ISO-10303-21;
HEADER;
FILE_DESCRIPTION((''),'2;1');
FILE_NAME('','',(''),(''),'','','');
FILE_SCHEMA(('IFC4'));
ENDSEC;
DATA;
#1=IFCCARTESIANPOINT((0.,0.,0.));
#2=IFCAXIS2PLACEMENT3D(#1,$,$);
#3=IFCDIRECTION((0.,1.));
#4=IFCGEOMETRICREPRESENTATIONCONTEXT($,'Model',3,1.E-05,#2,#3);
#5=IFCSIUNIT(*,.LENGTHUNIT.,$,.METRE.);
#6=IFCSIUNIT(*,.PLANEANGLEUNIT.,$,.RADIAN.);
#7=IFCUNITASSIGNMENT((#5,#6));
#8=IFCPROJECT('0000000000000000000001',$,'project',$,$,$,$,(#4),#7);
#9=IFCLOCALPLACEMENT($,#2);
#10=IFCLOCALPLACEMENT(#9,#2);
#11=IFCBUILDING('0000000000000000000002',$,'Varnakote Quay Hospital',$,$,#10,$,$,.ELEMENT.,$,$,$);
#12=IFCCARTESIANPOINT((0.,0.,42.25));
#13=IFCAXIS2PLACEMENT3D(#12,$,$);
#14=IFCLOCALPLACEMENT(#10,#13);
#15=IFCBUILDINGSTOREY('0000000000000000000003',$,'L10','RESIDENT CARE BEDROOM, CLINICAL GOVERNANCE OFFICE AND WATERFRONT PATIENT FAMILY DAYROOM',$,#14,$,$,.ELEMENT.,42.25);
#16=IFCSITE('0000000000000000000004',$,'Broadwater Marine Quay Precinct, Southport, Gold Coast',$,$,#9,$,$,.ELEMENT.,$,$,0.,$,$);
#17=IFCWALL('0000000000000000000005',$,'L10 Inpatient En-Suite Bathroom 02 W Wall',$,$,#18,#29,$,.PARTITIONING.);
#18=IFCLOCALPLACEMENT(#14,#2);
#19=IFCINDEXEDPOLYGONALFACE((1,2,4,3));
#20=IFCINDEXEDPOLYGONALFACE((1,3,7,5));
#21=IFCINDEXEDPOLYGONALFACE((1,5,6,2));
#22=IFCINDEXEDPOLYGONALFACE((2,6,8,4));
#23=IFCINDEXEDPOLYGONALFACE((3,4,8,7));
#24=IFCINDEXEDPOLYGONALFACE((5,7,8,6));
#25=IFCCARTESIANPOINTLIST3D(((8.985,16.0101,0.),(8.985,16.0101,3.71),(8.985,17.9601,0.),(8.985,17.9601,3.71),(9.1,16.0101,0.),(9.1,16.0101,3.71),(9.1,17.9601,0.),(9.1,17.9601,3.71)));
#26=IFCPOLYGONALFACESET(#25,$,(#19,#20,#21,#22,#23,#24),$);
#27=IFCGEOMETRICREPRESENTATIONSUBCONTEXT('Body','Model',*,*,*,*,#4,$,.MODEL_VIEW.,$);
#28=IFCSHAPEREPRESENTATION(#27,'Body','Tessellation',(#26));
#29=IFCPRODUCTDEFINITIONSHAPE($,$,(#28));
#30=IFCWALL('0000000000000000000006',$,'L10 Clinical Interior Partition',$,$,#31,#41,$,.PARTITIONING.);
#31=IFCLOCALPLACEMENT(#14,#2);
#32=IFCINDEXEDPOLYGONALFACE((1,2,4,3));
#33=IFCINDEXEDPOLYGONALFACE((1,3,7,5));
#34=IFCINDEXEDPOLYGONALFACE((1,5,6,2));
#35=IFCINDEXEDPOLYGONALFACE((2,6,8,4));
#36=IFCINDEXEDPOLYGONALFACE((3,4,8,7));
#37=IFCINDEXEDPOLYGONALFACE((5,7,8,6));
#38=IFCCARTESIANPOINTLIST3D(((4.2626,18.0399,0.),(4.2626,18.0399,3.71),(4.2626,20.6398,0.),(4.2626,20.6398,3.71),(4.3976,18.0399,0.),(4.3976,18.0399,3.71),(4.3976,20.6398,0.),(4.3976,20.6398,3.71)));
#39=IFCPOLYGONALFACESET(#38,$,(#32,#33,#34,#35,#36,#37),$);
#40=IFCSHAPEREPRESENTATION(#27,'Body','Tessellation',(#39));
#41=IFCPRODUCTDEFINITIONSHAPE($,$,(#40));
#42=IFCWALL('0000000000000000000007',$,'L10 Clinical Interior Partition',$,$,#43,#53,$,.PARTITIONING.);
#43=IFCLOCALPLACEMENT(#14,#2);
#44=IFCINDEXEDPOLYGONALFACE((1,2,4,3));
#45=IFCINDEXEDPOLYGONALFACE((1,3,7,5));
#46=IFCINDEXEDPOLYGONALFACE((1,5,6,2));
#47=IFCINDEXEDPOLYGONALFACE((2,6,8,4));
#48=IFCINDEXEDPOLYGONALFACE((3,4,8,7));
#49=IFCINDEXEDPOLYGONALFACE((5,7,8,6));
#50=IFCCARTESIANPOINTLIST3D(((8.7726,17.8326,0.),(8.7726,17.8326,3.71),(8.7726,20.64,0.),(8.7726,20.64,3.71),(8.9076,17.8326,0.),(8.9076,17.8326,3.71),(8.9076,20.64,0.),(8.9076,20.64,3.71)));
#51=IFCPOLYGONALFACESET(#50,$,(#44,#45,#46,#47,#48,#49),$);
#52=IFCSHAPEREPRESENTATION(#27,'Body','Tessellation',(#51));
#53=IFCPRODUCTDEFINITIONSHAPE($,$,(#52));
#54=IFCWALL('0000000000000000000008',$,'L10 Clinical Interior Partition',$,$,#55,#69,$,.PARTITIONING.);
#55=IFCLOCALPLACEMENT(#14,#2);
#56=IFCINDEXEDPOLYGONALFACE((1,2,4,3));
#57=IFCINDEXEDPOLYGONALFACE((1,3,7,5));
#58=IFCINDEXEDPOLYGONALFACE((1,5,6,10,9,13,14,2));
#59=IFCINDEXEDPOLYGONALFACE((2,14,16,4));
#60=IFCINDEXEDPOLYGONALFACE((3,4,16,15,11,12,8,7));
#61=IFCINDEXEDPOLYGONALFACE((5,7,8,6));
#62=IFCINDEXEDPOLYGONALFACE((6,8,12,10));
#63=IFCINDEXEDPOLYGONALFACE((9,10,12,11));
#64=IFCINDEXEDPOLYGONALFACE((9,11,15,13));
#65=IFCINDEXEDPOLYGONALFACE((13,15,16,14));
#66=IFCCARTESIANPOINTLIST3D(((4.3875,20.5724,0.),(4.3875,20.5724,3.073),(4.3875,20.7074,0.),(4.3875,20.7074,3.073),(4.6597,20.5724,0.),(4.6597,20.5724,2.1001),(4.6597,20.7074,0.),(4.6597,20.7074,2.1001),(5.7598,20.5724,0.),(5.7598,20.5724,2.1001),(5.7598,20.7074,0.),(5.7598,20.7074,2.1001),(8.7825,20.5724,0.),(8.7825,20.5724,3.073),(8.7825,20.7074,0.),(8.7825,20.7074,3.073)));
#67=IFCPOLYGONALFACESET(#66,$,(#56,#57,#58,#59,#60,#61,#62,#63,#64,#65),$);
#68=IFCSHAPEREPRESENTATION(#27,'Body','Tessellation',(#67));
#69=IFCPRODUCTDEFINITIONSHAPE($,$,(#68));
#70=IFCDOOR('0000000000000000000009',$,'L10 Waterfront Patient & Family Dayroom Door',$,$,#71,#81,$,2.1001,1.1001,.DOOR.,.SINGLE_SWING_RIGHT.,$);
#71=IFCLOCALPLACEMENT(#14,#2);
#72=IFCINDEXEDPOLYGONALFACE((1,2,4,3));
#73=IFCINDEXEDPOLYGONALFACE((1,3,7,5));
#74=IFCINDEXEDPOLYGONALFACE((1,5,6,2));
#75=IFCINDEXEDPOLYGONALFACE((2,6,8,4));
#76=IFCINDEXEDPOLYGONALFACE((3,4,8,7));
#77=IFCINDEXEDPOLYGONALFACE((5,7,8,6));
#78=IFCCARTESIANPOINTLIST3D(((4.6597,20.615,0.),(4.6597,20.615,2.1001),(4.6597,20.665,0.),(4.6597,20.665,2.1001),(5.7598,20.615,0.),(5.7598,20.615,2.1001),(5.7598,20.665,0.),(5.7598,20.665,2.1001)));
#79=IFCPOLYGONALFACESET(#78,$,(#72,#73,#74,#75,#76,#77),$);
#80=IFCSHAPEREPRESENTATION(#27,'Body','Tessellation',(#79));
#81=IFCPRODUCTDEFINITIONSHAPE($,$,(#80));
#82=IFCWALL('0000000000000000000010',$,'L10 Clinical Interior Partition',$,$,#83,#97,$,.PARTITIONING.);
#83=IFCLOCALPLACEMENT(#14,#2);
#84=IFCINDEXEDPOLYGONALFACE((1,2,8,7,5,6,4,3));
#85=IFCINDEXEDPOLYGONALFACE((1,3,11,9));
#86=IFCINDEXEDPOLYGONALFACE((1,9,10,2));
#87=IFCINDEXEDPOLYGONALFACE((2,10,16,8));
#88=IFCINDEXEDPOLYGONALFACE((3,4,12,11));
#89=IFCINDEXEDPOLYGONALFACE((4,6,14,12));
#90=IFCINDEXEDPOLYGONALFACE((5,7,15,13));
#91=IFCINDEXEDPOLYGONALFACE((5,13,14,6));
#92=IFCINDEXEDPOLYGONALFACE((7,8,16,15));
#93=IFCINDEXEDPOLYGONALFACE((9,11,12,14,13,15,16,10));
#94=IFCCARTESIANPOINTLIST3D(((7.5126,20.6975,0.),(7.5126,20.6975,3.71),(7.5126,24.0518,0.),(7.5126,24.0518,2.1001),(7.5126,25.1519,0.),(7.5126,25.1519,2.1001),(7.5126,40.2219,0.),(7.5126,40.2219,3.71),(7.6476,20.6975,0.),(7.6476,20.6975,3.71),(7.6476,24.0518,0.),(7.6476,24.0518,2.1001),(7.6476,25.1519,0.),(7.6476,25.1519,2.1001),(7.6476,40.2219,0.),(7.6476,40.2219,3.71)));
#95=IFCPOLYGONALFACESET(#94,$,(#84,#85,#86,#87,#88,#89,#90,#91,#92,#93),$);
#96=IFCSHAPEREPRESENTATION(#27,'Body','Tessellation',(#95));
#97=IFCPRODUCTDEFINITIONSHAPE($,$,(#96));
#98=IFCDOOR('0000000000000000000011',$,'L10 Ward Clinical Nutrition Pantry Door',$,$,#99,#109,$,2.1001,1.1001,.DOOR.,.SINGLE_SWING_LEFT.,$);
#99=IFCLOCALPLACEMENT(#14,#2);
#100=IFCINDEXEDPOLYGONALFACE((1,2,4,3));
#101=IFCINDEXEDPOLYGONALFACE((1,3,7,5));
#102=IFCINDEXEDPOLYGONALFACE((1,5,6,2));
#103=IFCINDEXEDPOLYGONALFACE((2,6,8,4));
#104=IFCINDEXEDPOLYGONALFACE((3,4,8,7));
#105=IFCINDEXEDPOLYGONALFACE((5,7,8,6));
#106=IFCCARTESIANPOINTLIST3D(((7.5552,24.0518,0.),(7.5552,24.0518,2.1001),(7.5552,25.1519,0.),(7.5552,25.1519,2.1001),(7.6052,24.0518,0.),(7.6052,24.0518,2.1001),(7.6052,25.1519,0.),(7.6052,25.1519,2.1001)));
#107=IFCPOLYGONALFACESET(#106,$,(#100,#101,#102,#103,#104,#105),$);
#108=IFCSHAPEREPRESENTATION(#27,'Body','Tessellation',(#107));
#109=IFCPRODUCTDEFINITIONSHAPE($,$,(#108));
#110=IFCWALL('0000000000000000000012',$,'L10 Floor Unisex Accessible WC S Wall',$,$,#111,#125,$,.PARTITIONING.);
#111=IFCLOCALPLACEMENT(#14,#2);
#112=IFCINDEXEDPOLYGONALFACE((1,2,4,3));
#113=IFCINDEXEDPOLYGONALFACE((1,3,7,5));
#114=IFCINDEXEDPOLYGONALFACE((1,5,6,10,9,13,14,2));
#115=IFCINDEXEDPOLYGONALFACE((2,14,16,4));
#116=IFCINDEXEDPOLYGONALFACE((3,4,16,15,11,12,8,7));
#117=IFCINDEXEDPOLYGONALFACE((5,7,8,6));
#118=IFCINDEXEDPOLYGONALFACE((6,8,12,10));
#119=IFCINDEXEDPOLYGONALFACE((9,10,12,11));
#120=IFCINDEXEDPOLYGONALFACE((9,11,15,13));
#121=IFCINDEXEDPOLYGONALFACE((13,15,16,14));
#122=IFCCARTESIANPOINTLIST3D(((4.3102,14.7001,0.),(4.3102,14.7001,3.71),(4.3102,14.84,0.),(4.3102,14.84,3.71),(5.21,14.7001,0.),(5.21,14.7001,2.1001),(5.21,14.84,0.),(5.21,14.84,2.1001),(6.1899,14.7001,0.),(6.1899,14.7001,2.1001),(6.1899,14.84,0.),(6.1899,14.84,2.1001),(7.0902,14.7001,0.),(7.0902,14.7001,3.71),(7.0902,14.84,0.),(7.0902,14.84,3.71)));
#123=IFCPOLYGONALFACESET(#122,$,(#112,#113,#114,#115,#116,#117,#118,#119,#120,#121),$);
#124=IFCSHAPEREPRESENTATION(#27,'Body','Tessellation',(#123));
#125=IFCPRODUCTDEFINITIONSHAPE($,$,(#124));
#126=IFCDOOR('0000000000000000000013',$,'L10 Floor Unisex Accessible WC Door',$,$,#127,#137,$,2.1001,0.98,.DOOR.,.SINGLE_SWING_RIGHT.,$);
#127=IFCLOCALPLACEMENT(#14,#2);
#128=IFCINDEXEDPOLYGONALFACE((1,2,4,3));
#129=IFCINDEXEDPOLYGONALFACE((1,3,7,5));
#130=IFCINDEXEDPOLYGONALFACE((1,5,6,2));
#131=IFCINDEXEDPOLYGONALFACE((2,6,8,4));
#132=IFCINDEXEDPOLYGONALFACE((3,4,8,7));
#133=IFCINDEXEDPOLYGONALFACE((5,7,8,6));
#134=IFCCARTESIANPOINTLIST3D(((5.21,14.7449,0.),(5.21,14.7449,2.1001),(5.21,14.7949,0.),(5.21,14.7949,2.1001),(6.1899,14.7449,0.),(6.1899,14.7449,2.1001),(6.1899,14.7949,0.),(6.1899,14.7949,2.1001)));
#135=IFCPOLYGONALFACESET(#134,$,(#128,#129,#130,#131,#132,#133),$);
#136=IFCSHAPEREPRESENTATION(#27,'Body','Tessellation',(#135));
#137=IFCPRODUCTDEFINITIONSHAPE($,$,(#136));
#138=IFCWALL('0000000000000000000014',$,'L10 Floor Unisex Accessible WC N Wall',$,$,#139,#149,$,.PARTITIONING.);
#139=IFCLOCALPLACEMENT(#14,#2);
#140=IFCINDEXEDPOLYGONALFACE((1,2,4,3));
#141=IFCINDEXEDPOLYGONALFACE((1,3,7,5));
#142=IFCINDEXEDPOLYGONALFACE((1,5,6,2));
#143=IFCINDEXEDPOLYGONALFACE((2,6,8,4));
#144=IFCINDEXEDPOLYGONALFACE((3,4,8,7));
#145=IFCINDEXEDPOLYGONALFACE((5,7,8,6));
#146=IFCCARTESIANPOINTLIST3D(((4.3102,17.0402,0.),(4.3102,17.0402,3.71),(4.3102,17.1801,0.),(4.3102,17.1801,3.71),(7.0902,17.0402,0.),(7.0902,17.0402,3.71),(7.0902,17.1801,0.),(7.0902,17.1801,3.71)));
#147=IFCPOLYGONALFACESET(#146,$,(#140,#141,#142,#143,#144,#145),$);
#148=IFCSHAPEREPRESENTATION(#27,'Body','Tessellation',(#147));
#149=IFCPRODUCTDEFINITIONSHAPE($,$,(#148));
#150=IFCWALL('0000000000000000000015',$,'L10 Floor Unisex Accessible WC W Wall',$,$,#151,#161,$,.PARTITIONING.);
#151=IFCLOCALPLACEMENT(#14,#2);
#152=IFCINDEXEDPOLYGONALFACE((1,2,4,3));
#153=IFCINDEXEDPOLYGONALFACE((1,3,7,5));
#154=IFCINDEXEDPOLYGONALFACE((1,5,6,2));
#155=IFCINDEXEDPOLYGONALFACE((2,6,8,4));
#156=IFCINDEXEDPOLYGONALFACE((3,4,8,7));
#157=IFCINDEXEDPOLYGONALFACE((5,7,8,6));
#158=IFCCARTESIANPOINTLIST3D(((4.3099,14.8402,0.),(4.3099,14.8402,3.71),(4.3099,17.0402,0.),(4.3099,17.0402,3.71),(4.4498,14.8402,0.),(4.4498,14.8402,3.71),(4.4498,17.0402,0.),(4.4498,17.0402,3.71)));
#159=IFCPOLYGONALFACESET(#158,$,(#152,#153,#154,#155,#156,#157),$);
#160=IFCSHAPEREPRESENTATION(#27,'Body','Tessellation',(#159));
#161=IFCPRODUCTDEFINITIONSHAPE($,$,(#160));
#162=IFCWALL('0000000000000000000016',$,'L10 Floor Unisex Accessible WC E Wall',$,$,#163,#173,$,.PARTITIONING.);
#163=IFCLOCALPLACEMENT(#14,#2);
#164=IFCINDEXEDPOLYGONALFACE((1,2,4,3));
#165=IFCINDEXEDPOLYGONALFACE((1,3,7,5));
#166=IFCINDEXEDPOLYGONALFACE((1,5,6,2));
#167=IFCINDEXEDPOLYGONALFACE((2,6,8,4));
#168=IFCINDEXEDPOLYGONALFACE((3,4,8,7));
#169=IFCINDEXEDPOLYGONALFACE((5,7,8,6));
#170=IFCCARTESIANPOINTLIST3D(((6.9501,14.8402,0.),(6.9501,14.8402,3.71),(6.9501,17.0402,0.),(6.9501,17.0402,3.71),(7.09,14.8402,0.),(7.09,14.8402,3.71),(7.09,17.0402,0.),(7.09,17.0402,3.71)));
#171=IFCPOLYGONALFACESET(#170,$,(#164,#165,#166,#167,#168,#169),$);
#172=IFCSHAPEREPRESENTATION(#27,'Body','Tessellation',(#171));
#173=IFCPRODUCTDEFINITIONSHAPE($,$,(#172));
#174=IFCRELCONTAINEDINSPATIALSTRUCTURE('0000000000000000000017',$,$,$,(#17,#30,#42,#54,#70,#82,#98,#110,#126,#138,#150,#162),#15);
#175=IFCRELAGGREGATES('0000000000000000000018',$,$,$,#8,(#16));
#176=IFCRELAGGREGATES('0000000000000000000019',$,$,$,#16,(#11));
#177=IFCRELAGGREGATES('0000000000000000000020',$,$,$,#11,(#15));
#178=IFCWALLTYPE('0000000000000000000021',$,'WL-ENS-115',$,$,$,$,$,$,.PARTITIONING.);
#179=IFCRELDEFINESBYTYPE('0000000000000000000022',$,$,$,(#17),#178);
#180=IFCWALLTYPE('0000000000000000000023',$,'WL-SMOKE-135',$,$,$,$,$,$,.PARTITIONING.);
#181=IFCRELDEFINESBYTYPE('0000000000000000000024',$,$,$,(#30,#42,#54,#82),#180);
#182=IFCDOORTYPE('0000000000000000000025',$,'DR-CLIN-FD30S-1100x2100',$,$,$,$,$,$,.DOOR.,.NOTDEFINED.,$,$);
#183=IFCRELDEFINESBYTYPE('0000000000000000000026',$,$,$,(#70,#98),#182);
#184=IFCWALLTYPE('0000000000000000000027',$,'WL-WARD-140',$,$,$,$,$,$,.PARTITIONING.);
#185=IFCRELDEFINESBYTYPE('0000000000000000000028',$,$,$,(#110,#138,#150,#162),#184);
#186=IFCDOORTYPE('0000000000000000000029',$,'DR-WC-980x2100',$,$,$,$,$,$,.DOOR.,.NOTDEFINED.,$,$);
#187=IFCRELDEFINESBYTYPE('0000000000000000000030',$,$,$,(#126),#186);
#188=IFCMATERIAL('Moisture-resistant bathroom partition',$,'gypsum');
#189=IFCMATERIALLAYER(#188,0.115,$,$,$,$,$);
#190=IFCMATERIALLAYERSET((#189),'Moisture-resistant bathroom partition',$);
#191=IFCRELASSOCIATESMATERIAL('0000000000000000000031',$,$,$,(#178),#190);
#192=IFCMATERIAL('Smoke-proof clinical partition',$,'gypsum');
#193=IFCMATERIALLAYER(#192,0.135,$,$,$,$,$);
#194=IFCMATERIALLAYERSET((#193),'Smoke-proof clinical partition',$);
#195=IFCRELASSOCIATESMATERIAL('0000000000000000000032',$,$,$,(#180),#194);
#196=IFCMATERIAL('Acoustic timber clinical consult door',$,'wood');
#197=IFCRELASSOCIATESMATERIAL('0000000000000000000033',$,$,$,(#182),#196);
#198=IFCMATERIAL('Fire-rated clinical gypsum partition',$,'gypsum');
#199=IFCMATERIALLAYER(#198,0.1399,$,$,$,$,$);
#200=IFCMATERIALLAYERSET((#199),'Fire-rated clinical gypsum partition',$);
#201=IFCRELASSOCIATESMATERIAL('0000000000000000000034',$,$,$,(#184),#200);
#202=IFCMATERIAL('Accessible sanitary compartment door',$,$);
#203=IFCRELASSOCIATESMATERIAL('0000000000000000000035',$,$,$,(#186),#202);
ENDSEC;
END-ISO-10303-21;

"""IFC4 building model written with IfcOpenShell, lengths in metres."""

from ifc_helpers import new_model, si_unit, direction, frame, frame_2d, origin, place, context, subcontext, project, spatial, rectangle, extrude, material, layer, layer_set, type_object, element, fill, save


model = new_model("IFC4")

# Units and contexts
model_context = context("Model", 3, precision=1e-05, world=origin(), true_north=direction((0.0, 1.0)))
body_context = subcontext(model_context, "Body", "Model", "MODEL_VIEW")
ifc_project = project(units=[si_unit("LENGTHUNIT", "METRE"), si_unit("PLANEANGLEUNIT", "RADIAN")], contexts=[model_context])

# Site, building, storey
site_placement = place(None, origin())
site = spatial("IfcSite", under=ifc_project, at=site_placement, Name="Broadwater Marine Quay Precinct, Southport, Gold Coast", CompositionType="ELEMENT", RefElevation=0.0)
building_placement = place(site_placement, origin())
building = spatial("IfcBuilding", under=site, at=building_placement, Name="Varnakote Quay Hospital", CompositionType="ELEMENT")
storey_placement = place(building_placement, frame((0.0, 0.0, 42.25)))
storey = spatial("IfcBuildingStorey", under=building, at=storey_placement, Name="L10", Description="RESIDENT CARE BEDROOM, CLINICAL GOVERNANCE OFFICE AND WATERFRONT PATIENT FAMILY DAYROOM", CompositionType="ELEMENT", Elevation=42.25)

# Shared definitions
ifc_material_1 = material(Name="Moisture-resistant bathroom partition", Category="gypsum")
ifc_layer_1 = layer(ifc_material_1, 0.115)
ifc_layer_set_1 = layer_set([ifc_layer_1], Name="Moisture-resistant bathroom partition")
wall_type_1 = type_object("IfcWallType", Name="WL-ENS-115", PredefinedType="PARTITIONING", material=ifc_layer_set_1)

# Walls
wall_1_placement = place(storey_placement, frame((9.0425, 16.01, 0.0), z_axis=(0.0, 0.0, 1.0), x_axis=(0.0, 1.0, 0.0)))
element("IfcWall", 1, at=wall_1_placement, inside=storey, type_object=wall_type_1, Name="L10 Inpatient En-Suite Bathroom 02 W Wall", PredefinedType="PARTITIONING", context=body_context, shape_type="SweptSolid", body=[
    extrude(rectangle(XDim=1.95, YDim=0.115, at=frame_2d((0.9751, 0.0))), origin(), (0.0, 0.0, 1.0), 3.71),
])
ifc_material_2 = material(Name="Smoke-proof clinical partition", Category="gypsum")
ifc_layer_2 = layer(ifc_material_2, 0.135)
ifc_layer_set_2 = layer_set([ifc_layer_2], Name="Smoke-proof clinical partition")
wall_type_2 = type_object("IfcWallType", Name="WL-SMOKE-135", PredefinedType="PARTITIONING", material=ifc_layer_set_2)
wall_2_placement = place(storey_placement, frame((4.3301, 18.04, 0.0), z_axis=(0.0, 0.0, 1.0), x_axis=(0.0, 1.0, 0.0)))
element("IfcWall", 2, at=wall_2_placement, inside=storey, type_object=wall_type_2, Name="L10 Clinical Interior Partition", PredefinedType="PARTITIONING", context=body_context, shape_type="SweptSolid", body=[
    extrude(rectangle(XDim=2.5999, YDim=0.135, at=frame_2d((1.2998, 0.0))), origin(), (0.0, 0.0, 1.0), 3.71),
])
wall_3_placement = place(storey_placement, frame((8.8401, 17.8325, 0.0), z_axis=(0.0, 0.0, 1.0), x_axis=(0.0, 1.0, 0.0)))
element("IfcWall", 3, at=wall_3_placement, inside=storey, type_object=wall_type_2, Name="L10 Clinical Interior Partition", PredefinedType="PARTITIONING", context=body_context, shape_type="SweptSolid", body=[
    extrude(rectangle(XDim=2.8074, YDim=0.135, at=frame_2d((1.4038, 0.0))), origin(), (0.0, 0.0, 1.0), 3.71),
])

# Walls, openings, doors
wall_4_placement = place(storey_placement, frame((8.7825, 20.6399, 0.0), z_axis=(0.0, 0.0, 1.0), x_axis=(-1.0, 0.0, 0.0)))
wall_4 = element("IfcWall", 4, at=wall_4_placement, inside=storey, type_object=wall_type_2, Name="L10 Clinical Interior Partition", PredefinedType="PARTITIONING", context=body_context, shape_type="SweptSolid", body=[
    extrude(rectangle(XDim=4.395, YDim=0.135, at=frame_2d((2.1975, 0.0))), origin(), (0.0, 0.0, 1.0), 3.073),
])
opening_1_placement = place(wall_4_placement, frame((3.0227, 0.0, 0.0)))
opening_1 = element("IfcOpeningElement", 5, at=opening_1_placement, cuts=wall_4, PredefinedType="OPENING", context=body_context, shape_type="SweptSolid", body=[
    extrude(rectangle(XDim=1.1001, YDim=2.1001, at=frame_2d((0.55, 1.05))), frame((0.0, 0.0774, 0.0), z_axis=(0.0, -1.0, 0.0), x_axis=(1.0, 0.0, 0.0)), (0.0, 0.0, 1.0), 0.155),
])
ifc_material_3 = material(Name="Acoustic timber clinical consult door", Category="wood")
door_type_1 = type_object("IfcDoorType", Name="DR-CLIN-FD30S-1100x2100", OperationType="NOTDEFINED", PredefinedType="DOOR", material=ifc_material_3)
door_1_placement = place(opening_1_placement, origin())
door_1 = element("IfcDoor", 6, at=door_1_placement, inside=storey, type_object=door_type_1, Name="L10 Waterfront Patient & Family Dayroom Door", OperationType="SINGLE_SWING_RIGHT", OverallHeight=2.1001, OverallWidth=1.1001, PredefinedType="DOOR", context=body_context, shape_type="SweptSolid", body=[
    extrude(rectangle(XDim=1.1001, YDim=2.1001, at=frame_2d((0.55, 1.05))), frame((0.0, 0.0249, 0.0), z_axis=(0.0, -1.0, 0.0), x_axis=(1.0, 0.0, 0.0)), (0.0, 0.0, 1.0), 0.05),
])
fill(opening_1, door_1)
wall_5_placement = place(storey_placement, frame((7.5801, 20.6975, 0.0), z_axis=(0.0, 0.0, 1.0), x_axis=(0.0, 1.0, 0.0)))
wall_5 = element("IfcWall", 7, at=wall_5_placement, inside=storey, type_object=wall_type_2, Name="L10 Clinical Interior Partition", PredefinedType="PARTITIONING", context=body_context, shape_type="SweptSolid", body=[
    extrude(rectangle(XDim=19.5244, YDim=0.135, at=frame_2d((9.7622, 0.0))), origin(), (0.0, 0.0, 1.0), 3.71),
])
opening_2_placement = place(wall_5_placement, frame((3.3542, 0.0, 0.0)))
opening_2 = element("IfcOpeningElement", 8, at=opening_2_placement, cuts=wall_5, PredefinedType="OPENING", context=body_context, shape_type="SweptSolid", body=[
    extrude(rectangle(XDim=1.1001, YDim=2.1001, at=frame_2d((0.55, 1.05))), frame((0.0, 0.0774, 0.0), z_axis=(0.0, -1.0, 0.0), x_axis=(1.0, 0.0, 0.0)), (0.0, 0.0, 1.0), 0.155),
])
door_2_placement = place(opening_2_placement, origin())
door_2 = element("IfcDoor", 9, at=door_2_placement, inside=storey, type_object=door_type_1, Name="L10 Ward Clinical Nutrition Pantry Door", OperationType="SINGLE_SWING_LEFT", OverallHeight=2.1001, OverallWidth=1.1001, PredefinedType="DOOR", context=body_context, shape_type="SweptSolid", body=[
    extrude(rectangle(XDim=1.1001, YDim=2.1001, at=frame_2d((0.55, 1.05))), frame((0.0, 0.0249, 0.0), z_axis=(0.0, -1.0, 0.0), x_axis=(1.0, 0.0, 0.0)), (0.0, 0.0, 1.0), 0.05),
])
fill(opening_2, door_2)
ifc_material_4 = material(Name="Fire-rated clinical gypsum partition", Category="gypsum")
ifc_layer_3 = layer(ifc_material_4, 0.1399)
ifc_layer_set_3 = layer_set([ifc_layer_3], Name="Fire-rated clinical gypsum partition")
wall_type_3 = type_object("IfcWallType", Name="WL-WARD-140", PredefinedType="PARTITIONING", material=ifc_layer_set_3)
wall_6_placement = place(storey_placement, frame((4.3101, 14.77, 0.0), z_axis=(0.0, 0.0, 1.0), x_axis=(1.0, 0.0, 0.0)))
wall_6 = element("IfcWall", 10, at=wall_6_placement, inside=storey, type_object=wall_type_3, Name="L10 Floor Unisex Accessible WC S Wall", PredefinedType="PARTITIONING", context=body_context, shape_type="SweptSolid", body=[
    extrude(rectangle(XDim=2.78, YDim=0.1399, at=frame_2d((1.3901, 0.0))), origin(), (0.0, 0.0, 1.0), 3.71),
])
opening_3_placement = place(wall_6_placement, frame((0.8999, 0.0, 0.0)))
opening_3 = element("IfcOpeningElement", 11, at=opening_3_placement, cuts=wall_6, PredefinedType="OPENING", context=body_context, shape_type="SweptSolid", body=[
    extrude(rectangle(XDim=0.98, YDim=2.1001, at=frame_2d((0.49, 1.05))), frame((0.0, 0.0798, 0.0), z_axis=(0.0, -1.0, 0.0), x_axis=(1.0, 0.0, 0.0)), (0.0, 0.0, 1.0), 0.1599),
])
ifc_material_5 = material(Name="Accessible sanitary compartment door")
door_type_2 = type_object("IfcDoorType", Name="DR-WC-980x2100", OperationType="NOTDEFINED", PredefinedType="DOOR", material=ifc_material_5)
door_3_placement = place(opening_3_placement, origin())
door_3 = element("IfcDoor", 12, at=door_3_placement, inside=storey, type_object=door_type_2, Name="L10 Floor Unisex Accessible WC Door", OperationType="SINGLE_SWING_RIGHT", OverallHeight=2.1001, OverallWidth=0.98, PredefinedType="DOOR", context=body_context, shape_type="SweptSolid", body=[
    extrude(rectangle(XDim=0.98, YDim=2.1001, at=frame_2d((0.49, 1.05))), frame((0.0, 0.0249, 0.0), z_axis=(0.0, -1.0, 0.0), x_axis=(1.0, 0.0, 0.0)), (0.0, 0.0, 1.0), 0.05),
])
fill(opening_3, door_3)

# Walls
wall_7_placement = place(storey_placement, frame((4.3101, 17.1101, 0.0), z_axis=(0.0, 0.0, 1.0), x_axis=(1.0, 0.0, 0.0)))
element("IfcWall", 13, at=wall_7_placement, inside=storey, type_object=wall_type_3, Name="L10 Floor Unisex Accessible WC N Wall", PredefinedType="PARTITIONING", context=body_context, shape_type="SweptSolid", body=[
    extrude(rectangle(XDim=2.78, YDim=0.1399, at=frame_2d((1.3901, 0.0))), origin(), (0.0, 0.0, 1.0), 3.71),
])
for number, where, z_axis, x_axis, name in (
    (14, (4.3799, 14.8401, 0.0), (0.0, 0.0, 1.0), (0.0, 1.0, 0.0), "L10 Floor Unisex Accessible WC W Wall"),
    (15, (7.02, 14.8401, 0.0), (0.0, 0.0, 1.0), (0.0, 1.0, 0.0), "L10 Floor Unisex Accessible WC E Wall"),
):
    element("IfcWall", number, at=place(storey_placement, frame(where, z_axis=z_axis, x_axis=x_axis)), inside=storey, type_object=wall_type_3, Name=name, PredefinedType="PARTITIONING", context=body_context, shape_type="SweptSolid", body=[
        extrude(rectangle(XDim=2.2, YDim=0.1399, at=frame_2d((1.1001, 0.0))), origin(), (0.0, 0.0, 1.0), 3.71),
    ])

save(model, "model.ifc")
